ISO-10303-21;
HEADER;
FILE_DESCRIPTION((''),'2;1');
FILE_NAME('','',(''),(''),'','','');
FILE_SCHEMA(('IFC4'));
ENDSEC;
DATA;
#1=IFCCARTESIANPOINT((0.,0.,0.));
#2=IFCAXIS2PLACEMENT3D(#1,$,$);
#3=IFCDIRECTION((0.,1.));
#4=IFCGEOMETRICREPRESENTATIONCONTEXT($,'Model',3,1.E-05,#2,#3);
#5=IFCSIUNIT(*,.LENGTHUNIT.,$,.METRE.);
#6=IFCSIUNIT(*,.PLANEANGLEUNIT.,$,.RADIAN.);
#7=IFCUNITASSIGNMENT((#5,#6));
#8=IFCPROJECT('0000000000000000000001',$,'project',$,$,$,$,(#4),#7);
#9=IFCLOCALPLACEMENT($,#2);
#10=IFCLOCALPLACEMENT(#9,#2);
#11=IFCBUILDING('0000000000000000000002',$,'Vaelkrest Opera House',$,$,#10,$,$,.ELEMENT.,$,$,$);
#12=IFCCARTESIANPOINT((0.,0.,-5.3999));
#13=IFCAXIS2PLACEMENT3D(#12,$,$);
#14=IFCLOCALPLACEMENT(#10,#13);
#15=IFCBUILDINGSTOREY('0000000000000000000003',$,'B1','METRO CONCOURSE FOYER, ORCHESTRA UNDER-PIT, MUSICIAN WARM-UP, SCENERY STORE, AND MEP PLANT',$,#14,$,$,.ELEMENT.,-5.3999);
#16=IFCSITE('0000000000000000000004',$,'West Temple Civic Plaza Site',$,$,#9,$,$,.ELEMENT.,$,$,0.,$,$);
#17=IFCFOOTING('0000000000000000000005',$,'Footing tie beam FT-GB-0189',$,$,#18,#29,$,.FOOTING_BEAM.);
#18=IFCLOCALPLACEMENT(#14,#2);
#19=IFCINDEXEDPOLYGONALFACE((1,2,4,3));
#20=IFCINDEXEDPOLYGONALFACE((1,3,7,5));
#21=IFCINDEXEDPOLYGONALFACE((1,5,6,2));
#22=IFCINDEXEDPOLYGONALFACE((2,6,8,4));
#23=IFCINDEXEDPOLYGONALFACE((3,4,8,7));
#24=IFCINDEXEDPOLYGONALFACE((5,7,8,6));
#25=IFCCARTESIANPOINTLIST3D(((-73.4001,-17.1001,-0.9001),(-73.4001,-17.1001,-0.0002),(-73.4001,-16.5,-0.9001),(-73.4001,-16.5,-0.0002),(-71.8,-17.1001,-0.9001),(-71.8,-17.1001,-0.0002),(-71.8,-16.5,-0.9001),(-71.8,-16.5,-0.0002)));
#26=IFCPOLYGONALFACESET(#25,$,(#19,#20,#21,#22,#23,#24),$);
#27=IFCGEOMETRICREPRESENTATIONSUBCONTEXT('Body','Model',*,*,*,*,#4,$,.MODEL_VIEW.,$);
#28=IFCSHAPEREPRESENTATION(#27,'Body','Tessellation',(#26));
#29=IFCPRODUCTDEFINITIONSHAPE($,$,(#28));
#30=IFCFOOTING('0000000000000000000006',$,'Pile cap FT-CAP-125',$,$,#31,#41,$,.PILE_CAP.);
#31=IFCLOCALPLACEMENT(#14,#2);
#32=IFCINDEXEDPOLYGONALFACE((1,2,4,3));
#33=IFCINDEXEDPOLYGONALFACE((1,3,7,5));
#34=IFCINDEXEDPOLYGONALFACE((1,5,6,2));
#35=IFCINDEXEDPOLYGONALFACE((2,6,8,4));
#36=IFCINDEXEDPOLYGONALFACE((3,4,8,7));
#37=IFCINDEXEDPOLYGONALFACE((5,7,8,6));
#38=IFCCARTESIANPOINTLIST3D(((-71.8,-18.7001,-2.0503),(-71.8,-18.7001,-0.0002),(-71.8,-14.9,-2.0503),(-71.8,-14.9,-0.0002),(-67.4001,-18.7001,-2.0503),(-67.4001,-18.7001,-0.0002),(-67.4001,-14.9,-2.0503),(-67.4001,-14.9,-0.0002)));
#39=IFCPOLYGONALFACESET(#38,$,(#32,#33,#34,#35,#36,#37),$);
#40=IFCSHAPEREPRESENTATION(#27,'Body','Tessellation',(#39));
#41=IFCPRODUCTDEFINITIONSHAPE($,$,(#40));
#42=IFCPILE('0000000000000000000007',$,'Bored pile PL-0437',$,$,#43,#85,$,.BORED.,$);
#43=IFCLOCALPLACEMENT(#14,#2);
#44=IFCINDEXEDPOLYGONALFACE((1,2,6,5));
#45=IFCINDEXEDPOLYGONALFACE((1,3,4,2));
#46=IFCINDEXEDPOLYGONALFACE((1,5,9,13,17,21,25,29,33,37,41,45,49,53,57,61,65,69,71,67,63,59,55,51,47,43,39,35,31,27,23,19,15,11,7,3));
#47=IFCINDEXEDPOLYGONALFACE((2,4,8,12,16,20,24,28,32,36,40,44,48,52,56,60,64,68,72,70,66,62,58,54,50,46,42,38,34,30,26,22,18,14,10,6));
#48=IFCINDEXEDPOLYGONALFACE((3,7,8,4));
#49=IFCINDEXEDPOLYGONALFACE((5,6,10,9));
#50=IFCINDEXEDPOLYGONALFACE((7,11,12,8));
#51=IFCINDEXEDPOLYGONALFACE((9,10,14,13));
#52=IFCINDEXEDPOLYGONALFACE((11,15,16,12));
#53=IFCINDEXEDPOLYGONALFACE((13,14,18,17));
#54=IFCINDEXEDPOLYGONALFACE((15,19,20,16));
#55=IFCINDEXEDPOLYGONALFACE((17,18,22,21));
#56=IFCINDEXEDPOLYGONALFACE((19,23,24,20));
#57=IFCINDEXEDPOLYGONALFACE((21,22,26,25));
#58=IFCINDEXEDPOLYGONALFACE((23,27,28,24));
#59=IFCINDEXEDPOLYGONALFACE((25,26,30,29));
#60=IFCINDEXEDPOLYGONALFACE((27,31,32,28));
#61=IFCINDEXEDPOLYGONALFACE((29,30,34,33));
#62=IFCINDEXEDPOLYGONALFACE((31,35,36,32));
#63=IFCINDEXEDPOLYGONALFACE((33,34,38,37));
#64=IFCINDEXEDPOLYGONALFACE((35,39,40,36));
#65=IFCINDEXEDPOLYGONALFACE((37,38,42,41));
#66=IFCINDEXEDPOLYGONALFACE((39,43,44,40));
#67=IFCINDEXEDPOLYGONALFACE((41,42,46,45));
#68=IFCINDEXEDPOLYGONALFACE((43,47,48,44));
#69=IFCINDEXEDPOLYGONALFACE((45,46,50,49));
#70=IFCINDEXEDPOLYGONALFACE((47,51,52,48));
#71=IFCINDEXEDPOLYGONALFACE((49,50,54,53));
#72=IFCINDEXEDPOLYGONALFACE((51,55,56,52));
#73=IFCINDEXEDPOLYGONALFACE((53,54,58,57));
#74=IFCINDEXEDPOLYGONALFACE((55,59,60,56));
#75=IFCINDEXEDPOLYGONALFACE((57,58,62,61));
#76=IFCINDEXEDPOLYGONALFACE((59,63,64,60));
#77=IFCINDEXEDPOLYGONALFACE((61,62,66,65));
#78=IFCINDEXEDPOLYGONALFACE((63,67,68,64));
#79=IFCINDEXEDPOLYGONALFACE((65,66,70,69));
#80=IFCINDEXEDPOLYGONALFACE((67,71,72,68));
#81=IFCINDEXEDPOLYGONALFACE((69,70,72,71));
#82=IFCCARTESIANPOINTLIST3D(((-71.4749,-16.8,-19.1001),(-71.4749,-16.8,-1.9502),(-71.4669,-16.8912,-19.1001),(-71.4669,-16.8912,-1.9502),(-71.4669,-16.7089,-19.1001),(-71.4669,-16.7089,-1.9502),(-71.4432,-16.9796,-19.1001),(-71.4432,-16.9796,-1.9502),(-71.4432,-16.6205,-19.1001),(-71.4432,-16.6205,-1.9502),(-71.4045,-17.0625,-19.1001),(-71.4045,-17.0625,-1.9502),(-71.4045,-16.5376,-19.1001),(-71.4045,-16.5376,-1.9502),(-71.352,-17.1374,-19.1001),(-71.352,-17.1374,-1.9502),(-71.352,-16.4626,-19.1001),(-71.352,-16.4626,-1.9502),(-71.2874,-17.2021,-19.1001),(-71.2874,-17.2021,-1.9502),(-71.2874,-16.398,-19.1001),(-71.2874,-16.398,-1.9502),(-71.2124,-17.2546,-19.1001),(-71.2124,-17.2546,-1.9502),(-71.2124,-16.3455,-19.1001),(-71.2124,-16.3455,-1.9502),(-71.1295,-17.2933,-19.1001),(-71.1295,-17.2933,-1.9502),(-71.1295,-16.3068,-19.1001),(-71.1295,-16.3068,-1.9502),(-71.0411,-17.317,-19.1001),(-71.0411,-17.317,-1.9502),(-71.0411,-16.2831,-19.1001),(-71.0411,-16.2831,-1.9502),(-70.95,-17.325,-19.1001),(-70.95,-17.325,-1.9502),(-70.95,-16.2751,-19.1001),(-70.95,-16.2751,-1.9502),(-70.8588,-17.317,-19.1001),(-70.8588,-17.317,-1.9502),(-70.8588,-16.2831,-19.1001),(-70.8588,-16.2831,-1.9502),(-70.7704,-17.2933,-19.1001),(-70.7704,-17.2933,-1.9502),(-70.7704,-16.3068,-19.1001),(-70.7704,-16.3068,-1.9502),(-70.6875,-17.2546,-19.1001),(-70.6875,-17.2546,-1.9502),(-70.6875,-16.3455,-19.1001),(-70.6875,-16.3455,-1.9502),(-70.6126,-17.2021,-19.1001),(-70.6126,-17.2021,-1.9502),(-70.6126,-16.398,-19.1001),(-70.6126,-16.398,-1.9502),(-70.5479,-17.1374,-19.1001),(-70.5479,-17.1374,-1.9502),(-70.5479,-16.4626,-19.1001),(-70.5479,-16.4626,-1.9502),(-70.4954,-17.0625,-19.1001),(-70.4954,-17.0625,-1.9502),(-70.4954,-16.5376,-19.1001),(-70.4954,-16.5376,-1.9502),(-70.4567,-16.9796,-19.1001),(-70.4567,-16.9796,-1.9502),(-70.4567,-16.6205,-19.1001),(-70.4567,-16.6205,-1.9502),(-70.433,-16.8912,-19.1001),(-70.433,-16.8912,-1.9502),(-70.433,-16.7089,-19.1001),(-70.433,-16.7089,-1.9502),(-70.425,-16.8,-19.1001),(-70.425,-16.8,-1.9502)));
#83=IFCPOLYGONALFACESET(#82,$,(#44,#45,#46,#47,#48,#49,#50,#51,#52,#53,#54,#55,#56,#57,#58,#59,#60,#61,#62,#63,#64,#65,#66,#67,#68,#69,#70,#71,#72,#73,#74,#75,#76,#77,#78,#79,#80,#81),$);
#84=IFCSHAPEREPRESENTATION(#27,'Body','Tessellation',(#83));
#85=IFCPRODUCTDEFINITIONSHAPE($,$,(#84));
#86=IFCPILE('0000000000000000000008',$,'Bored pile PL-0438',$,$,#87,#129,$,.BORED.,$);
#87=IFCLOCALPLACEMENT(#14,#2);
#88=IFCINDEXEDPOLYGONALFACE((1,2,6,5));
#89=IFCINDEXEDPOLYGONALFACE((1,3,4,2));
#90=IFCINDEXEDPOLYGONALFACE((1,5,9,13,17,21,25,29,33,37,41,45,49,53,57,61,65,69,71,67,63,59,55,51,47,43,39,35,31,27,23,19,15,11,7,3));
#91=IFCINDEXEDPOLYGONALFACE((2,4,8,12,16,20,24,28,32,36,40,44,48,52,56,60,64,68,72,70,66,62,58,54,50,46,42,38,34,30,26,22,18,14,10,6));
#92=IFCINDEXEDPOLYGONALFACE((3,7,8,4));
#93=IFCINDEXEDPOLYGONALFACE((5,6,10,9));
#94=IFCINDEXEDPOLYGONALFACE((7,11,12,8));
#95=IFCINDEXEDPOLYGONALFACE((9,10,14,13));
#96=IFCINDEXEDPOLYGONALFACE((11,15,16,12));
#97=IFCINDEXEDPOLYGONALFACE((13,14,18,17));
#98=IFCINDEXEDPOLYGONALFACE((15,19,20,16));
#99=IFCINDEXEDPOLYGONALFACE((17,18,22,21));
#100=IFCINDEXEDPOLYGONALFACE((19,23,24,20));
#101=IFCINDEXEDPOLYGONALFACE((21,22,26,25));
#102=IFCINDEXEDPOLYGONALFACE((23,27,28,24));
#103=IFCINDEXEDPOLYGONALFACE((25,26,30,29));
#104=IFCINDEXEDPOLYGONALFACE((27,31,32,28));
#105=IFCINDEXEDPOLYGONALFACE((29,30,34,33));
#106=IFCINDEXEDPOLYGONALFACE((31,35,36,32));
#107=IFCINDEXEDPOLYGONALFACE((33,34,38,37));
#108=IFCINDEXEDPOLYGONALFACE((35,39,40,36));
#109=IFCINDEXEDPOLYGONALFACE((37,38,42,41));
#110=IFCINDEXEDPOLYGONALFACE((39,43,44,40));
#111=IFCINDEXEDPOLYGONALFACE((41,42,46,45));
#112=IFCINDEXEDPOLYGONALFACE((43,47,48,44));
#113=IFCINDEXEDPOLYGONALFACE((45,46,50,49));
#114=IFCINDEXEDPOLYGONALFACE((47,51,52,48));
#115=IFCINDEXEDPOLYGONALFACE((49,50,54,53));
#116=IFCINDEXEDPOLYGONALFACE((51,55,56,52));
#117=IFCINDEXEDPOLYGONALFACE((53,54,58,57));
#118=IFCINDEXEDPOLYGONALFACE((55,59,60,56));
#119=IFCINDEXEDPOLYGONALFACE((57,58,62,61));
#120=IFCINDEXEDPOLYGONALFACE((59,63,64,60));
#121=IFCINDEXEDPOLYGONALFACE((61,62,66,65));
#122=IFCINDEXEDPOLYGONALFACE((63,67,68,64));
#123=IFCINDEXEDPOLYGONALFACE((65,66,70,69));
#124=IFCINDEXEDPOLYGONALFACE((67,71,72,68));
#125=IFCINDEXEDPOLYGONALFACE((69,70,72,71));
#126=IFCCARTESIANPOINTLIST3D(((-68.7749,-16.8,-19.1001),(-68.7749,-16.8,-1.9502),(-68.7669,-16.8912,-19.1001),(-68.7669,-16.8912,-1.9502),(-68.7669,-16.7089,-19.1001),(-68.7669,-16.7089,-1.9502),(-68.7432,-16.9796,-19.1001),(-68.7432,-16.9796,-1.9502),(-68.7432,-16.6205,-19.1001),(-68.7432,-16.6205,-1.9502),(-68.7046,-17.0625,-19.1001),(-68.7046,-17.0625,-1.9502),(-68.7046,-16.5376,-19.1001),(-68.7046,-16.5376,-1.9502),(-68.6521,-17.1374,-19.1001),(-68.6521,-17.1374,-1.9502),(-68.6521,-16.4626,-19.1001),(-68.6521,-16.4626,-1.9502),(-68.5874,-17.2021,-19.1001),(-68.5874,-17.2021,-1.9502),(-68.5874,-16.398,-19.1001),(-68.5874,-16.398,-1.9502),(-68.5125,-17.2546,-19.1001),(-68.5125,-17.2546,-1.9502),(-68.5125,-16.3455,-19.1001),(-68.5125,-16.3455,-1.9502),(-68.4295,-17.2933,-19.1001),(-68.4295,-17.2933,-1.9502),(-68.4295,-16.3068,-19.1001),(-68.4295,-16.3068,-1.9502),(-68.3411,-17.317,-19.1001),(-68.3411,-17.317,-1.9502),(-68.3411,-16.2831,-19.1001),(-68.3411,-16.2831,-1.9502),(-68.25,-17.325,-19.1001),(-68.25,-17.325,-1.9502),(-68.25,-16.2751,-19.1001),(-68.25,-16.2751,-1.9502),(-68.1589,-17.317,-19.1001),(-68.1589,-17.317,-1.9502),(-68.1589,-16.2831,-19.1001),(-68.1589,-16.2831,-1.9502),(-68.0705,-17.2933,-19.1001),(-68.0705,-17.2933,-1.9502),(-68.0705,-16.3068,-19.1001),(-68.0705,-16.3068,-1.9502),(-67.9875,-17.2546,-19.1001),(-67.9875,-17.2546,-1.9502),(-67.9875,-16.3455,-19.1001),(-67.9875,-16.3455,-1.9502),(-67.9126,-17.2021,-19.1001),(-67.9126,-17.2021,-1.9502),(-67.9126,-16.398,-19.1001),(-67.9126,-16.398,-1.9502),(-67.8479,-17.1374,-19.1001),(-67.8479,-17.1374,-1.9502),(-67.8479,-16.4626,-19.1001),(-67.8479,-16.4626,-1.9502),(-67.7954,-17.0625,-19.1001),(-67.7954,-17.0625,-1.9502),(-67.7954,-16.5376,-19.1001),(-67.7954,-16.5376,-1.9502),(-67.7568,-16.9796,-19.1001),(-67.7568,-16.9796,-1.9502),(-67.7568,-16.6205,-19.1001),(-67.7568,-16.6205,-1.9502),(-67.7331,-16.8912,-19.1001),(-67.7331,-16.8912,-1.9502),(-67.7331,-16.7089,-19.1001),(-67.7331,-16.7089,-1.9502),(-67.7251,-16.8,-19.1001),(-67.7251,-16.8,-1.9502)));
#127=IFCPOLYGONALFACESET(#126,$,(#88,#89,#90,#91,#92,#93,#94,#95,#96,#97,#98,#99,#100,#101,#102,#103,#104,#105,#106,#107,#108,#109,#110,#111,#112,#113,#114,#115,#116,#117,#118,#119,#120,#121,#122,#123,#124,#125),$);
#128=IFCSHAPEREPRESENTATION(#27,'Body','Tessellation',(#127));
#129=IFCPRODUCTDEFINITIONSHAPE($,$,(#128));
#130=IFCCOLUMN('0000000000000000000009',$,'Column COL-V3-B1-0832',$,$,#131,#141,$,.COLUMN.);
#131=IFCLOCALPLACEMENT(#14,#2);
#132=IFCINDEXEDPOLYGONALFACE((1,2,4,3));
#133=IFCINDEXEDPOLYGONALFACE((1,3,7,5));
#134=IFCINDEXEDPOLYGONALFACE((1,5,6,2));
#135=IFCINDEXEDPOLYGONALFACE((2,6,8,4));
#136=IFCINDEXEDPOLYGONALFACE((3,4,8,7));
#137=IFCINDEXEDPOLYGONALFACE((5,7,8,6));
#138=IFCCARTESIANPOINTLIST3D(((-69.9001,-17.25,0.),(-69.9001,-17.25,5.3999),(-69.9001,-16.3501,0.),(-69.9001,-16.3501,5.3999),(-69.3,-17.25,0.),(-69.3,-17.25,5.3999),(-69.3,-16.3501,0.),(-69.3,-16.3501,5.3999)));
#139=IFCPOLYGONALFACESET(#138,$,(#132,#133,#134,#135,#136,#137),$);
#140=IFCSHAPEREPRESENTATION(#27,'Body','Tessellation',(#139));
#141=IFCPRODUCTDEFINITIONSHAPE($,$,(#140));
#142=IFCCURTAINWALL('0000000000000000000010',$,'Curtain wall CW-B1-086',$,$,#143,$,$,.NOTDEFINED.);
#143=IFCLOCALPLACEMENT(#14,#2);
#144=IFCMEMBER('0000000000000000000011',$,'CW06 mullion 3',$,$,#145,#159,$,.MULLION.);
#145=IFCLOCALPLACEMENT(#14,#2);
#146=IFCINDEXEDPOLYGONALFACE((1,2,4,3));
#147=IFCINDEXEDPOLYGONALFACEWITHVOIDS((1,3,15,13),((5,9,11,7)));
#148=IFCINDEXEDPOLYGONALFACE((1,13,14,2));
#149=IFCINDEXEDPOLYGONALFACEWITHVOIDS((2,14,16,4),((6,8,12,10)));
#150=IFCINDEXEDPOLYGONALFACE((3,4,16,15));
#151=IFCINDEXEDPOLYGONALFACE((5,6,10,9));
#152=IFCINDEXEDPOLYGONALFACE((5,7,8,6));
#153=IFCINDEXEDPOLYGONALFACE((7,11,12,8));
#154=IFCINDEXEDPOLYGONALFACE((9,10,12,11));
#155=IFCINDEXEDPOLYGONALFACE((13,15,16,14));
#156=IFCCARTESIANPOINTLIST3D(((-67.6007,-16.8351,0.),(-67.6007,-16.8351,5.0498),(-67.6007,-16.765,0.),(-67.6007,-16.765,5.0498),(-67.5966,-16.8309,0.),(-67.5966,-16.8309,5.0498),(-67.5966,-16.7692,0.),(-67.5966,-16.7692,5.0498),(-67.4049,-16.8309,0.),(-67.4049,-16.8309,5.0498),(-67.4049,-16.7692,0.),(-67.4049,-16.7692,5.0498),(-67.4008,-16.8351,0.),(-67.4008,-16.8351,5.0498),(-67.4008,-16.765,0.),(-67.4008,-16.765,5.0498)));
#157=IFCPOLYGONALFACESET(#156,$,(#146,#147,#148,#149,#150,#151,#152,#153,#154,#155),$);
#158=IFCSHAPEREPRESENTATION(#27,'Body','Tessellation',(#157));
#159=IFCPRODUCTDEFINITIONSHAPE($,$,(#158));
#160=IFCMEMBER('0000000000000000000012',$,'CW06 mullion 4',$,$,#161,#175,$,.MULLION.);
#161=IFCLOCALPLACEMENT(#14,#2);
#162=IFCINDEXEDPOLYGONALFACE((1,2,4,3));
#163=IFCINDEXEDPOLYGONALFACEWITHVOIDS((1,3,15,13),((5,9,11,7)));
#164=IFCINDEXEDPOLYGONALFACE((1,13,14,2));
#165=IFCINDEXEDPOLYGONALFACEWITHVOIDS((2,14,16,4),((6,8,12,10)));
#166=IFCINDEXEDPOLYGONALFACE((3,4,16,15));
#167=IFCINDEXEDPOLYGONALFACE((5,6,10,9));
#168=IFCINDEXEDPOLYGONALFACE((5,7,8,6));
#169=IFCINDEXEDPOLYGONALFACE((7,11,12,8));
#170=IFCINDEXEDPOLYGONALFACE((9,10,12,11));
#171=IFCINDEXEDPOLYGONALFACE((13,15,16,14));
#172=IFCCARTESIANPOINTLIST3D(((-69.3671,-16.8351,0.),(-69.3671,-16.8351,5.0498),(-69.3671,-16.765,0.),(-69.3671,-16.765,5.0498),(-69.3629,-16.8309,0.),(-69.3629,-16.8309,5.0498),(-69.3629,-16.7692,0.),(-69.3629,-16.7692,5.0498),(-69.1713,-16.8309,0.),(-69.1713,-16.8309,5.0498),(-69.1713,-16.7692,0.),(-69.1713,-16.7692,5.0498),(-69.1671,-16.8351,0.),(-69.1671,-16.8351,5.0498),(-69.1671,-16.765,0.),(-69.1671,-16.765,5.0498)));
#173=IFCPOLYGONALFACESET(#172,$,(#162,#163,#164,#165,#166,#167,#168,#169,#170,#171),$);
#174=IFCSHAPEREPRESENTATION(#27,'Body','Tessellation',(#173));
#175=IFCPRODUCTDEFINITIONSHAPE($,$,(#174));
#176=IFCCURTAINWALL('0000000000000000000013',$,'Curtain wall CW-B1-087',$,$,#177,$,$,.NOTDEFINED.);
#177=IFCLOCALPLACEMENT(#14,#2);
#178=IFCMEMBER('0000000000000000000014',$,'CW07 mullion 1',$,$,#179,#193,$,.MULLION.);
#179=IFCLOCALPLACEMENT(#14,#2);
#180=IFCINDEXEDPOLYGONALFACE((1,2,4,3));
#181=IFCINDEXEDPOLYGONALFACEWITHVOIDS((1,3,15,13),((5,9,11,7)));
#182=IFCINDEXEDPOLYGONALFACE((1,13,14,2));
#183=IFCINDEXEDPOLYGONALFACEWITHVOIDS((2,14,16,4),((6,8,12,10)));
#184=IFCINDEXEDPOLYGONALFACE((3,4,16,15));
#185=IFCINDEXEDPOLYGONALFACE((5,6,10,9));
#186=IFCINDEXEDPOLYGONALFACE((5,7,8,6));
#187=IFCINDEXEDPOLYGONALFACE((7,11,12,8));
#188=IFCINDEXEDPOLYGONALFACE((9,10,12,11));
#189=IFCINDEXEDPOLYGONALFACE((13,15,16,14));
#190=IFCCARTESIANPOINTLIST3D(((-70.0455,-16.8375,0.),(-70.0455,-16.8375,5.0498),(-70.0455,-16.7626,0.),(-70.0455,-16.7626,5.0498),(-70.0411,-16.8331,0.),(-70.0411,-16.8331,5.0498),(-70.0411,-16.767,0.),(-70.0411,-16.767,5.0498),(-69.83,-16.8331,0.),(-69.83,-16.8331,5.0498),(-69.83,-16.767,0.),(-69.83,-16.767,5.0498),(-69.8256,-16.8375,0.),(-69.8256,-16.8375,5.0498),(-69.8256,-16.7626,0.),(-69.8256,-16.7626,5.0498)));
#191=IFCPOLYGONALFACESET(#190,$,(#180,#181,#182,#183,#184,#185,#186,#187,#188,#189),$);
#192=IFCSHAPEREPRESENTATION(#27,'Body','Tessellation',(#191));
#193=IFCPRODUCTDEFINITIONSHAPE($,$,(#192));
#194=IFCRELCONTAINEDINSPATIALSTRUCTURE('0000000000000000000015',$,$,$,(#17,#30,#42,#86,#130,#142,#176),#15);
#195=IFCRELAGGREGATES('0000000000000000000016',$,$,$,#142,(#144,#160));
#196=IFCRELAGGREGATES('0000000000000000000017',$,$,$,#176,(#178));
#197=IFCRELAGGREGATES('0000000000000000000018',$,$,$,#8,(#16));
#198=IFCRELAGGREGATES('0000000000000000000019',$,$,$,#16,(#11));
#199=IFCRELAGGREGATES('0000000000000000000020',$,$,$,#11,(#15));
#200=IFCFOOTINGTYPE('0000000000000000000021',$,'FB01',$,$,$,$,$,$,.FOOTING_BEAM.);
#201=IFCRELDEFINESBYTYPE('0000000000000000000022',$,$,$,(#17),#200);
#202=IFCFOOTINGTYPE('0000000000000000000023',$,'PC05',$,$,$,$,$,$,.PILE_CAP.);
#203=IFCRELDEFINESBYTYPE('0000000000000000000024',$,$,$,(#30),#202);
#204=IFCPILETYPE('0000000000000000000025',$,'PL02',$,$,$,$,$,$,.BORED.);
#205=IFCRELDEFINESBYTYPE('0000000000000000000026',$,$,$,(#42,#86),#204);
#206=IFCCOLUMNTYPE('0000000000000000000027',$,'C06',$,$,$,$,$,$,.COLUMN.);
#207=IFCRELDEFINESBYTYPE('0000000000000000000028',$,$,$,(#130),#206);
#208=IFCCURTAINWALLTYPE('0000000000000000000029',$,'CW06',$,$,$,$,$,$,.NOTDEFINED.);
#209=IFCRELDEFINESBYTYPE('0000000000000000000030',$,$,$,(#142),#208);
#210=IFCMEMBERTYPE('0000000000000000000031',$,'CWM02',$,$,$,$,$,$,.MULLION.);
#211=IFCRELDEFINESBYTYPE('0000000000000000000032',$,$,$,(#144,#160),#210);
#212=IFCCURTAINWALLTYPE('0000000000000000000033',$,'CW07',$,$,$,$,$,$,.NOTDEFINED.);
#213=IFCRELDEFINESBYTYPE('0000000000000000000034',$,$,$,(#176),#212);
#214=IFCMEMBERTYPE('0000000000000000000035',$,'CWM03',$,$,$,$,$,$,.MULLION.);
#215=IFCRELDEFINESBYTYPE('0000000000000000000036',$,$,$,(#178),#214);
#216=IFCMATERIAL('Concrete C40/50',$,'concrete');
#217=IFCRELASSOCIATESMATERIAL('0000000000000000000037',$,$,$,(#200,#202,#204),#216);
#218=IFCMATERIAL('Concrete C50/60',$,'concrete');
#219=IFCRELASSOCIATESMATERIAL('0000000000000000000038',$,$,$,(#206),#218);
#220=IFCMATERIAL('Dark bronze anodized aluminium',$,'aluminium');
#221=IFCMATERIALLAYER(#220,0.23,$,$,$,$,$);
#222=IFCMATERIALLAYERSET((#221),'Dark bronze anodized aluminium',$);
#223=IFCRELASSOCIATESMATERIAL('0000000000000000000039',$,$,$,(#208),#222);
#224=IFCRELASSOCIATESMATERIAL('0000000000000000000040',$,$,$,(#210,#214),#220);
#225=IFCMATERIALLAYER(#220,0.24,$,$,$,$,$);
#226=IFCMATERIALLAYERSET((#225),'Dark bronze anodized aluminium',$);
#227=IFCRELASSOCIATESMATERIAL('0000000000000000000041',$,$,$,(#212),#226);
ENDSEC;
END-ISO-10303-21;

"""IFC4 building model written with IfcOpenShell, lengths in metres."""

from ifc_helpers import new_model, si_unit, direction, frame, origin, origin_2d, place, context, subcontext, project, spatial, rectangle, hollow_rectangle, circle, extrude, material, layer, layer_set, material_profile, profile_set, type_object, element, aggregate, save


model = new_model("IFC4")

# Units and contexts
model_context = context("Model", 3, precision=1e-05, world=origin(), true_north=direction((0.0, 1.0)))
body_context = subcontext(model_context, "Body", "Model", "MODEL_VIEW")
ifc_project = project(units=[si_unit("LENGTHUNIT", "METRE"), si_unit("PLANEANGLEUNIT", "RADIAN")], contexts=[model_context])

# Site, building, storey
site_placement = place(None, origin())
site = spatial("IfcSite", under=ifc_project, at=site_placement, Name="West Temple Civic Plaza Site", CompositionType="ELEMENT", RefElevation=0.0)
building_placement = place(site_placement, origin())
building = spatial("IfcBuilding", under=site, at=building_placement, Name="Vaelkrest Opera House", CompositionType="ELEMENT")
storey_placement = place(building_placement, frame((0.0, 0.0, -5.3999)))
storey = spatial("IfcBuildingStorey", under=building, at=storey_placement, Name="B1", Description="METRO CONCOURSE FOYER, ORCHESTRA UNDER-PIT, MUSICIAN WARM-UP, SCENERY STORE, AND MEP PLANT", CompositionType="ELEMENT", Elevation=-5.3999)

# Footings
ifc_material_1 = material(Name="Concrete C40/50", Category="concrete")
footing_type_1 = type_object("IfcFootingType", Name="FB01", PredefinedType="FOOTING_BEAM", material=ifc_material_1)
footing_1_placement = place(storey_placement, frame((-72.6001, -16.8, -0.9001), z_axis=(0.0, 0.0, 1.0), x_axis=(1.0, 0.0, 0.0)))
element("IfcFooting", 1, at=footing_1_placement, inside=storey, type_object=footing_type_1, Name="Footing tie beam FT-GB-0189", PredefinedType="FOOTING_BEAM", context=body_context, shape_type="SweptSolid", body=[
    extrude(rectangle(XDim=1.6001, YDim=0.6001, at=origin_2d()), origin(), (0.0, 0.0, 1.0), 0.8999),
])
footing_type_2 = type_object("IfcFootingType", Name="PC05", PredefinedType="PILE_CAP", material=ifc_material_1)
footing_2_placement = place(storey_placement, frame((-69.6001, -16.8, -2.0503), z_axis=(0.0, 0.0, 1.0), x_axis=(1.0, 0.0, 0.0)))
element("IfcFooting", 2, at=footing_2_placement, inside=storey, type_object=footing_type_2, Name="Pile cap FT-CAP-125", PredefinedType="PILE_CAP", context=body_context, shape_type="SweptSolid", body=[
    extrude(rectangle(XDim=4.3999, YDim=3.8, at=origin_2d()), origin(), (0.0, 0.0, 1.0), 2.05),
])

# Piles
ifc_material_profile_1 = material_profile(ifc_material_1, circle(Radius=0.5249, at=origin_2d()), Name="PILE1050")
ifc_profile_set_1 = profile_set([ifc_material_profile_1], Name="Concrete C40/50")
pile_type = type_object("IfcPileType", Name="PL02", PredefinedType="BORED", material=ifc_profile_set_1)
for number, where, z_axis, x_axis, name in (
    (3, (-70.95, -16.8, -1.9502), (0.0, 0.0, -1.0), (1.0, 0.0, 0.0), "Bored pile PL-0437"),
    (4, (-68.25, -16.8, -1.9502), (0.0, 0.0, -1.0), (1.0, 0.0, 0.0), "Bored pile PL-0438"),
):
    element("IfcPile", number, at=place(storey_placement, frame(where, z_axis=z_axis, x_axis=x_axis)), inside=storey, type_object=pile_type, Name=name, PredefinedType="BORED", context=body_context, shape_type="SweptSolid", body=[
        extrude(circle(Radius=0.5249, at=origin_2d()), origin(), (0.0, 0.0, 1.0), 17.1499),
    ])

# Column
ifc_material_2 = material(Name="Concrete C50/60", Category="concrete")
ifc_material_profile_2 = material_profile(ifc_material_2, rectangle(XDim=0.6001, YDim=0.8999, at=origin_2d()), Name="RC600X900")
ifc_profile_set_2 = profile_set([ifc_material_profile_2], Name="Concrete C50/60")
column_type = type_object("IfcColumnType", Name="C06", PredefinedType="COLUMN", material=ifc_profile_set_2)
column_placement = place(storey_placement, frame((-69.6001, -16.8, 0.0), z_axis=(0.0, 0.0, 1.0), x_axis=(1.0, 0.0, 0.0)))
element("IfcColumn", 5, at=column_placement, inside=storey, type_object=column_type, Name="Column COL-V3-B1-0832", PredefinedType="COLUMN", context=body_context, shape_type="SweptSolid", body=[
    extrude(rectangle(XDim=0.6001, YDim=0.8999, at=origin_2d()), origin(), (0.0, 0.0, 1.0), 5.3999),
])

# Curtain walls, members
ifc_material_3 = material(Name="Dark bronze anodized aluminium", Category="aluminium")
ifc_layer_1 = layer(ifc_material_3, 0.23)
ifc_layer_set_1 = layer_set([ifc_layer_1], Name="Dark bronze anodized aluminium")
curtain_wall_type_1 = type_object("IfcCurtainWallType", Name="CW06", PredefinedType="NOTDEFINED", material=ifc_layer_set_1)
curtain_wall_1_placement = place(storey_placement, origin())
curtain_wall_1 = element("IfcCurtainWall", 6, at=curtain_wall_1_placement, inside=storey, type_object=curtain_wall_type_1, Name="Curtain wall CW-B1-086", PredefinedType="NOTDEFINED")
ifc_material_profile_3 = material_profile(ifc_material_3, hollow_rectangle(XDim=0.0701, YDim=0.2, WallThickness=0.0042, at=origin_2d()), Name="CWM70X200")
ifc_profile_set_3 = profile_set([ifc_material_profile_3], Name="Dark bronze anodized aluminium")
member_type_1 = type_object("IfcMemberType", Name="CWM02", PredefinedType="MULLION", material=ifc_profile_set_3)
member_1_placement = place(storey_placement, frame((-67.5007, -16.8, 0.0), z_axis=(0.0, 0.0, 1.0), x_axis=(0.0, -1.0, 0.0)))
member_1 = element("IfcMember", 7, at=member_1_placement, type_object=member_type_1, Name="CW06 mullion 3", PredefinedType="MULLION", context=body_context, shape_type="SweptSolid", body=[
    extrude(hollow_rectangle(XDim=0.0701, YDim=0.2, WallThickness=0.0042, at=origin_2d()), origin(), (0.0, 0.0, 1.0), 5.0498),
])
member_2_placement = place(storey_placement, frame((-69.2671, -16.8, 0.0), z_axis=(0.0, 0.0, 1.0), x_axis=(0.0, -1.0, 0.0)))
member_2 = element("IfcMember", 8, at=member_2_placement, type_object=member_type_1, Name="CW06 mullion 4", PredefinedType="MULLION", context=body_context, shape_type="SweptSolid", body=[
    extrude(hollow_rectangle(XDim=0.0701, YDim=0.2, WallThickness=0.0042, at=origin_2d()), origin(), (0.0, 0.0, 1.0), 5.0498),
])
ifc_layer_2 = layer(ifc_material_3, 0.24)
ifc_layer_set_2 = layer_set([ifc_layer_2], Name="Dark bronze anodized aluminium")
curtain_wall_type_2 = type_object("IfcCurtainWallType", Name="CW07", PredefinedType="NOTDEFINED", material=ifc_layer_set_2)
curtain_wall_2_placement = place(storey_placement, origin())
curtain_wall_2 = element("IfcCurtainWall", 9, at=curtain_wall_2_placement, inside=storey, type_object=curtain_wall_type_2, Name="Curtain wall CW-B1-087", PredefinedType="NOTDEFINED")
ifc_material_profile_4 = material_profile(ifc_material_3, hollow_rectangle(XDim=0.075, YDim=0.22, WallThickness=0.0044, at=origin_2d()), Name="CWM75X220")
ifc_profile_set_4 = profile_set([ifc_material_profile_4], Name="Dark bronze anodized aluminium")
member_type_2 = type_object("IfcMemberType", Name="CWM03", PredefinedType="MULLION", material=ifc_profile_set_4)
member_3_placement = place(storey_placement, frame((-69.9355, -16.8, 0.0), z_axis=(0.0, 0.0, 1.0), x_axis=(0.0, -1.0, 0.0)))
member_3 = element("IfcMember", 10, at=member_3_placement, type_object=member_type_2, Name="CW07 mullion 1", PredefinedType="MULLION", context=body_context, shape_type="SweptSolid", body=[
    extrude(hollow_rectangle(XDim=0.075, YDim=0.22, WallThickness=0.0044, at=origin_2d()), origin(), (0.0, 0.0, 1.0), 5.0498),
])

aggregate(curtain_wall_1, [member_1, member_2])
aggregate(curtain_wall_2, [member_3])

save(model, "model.ifc")
